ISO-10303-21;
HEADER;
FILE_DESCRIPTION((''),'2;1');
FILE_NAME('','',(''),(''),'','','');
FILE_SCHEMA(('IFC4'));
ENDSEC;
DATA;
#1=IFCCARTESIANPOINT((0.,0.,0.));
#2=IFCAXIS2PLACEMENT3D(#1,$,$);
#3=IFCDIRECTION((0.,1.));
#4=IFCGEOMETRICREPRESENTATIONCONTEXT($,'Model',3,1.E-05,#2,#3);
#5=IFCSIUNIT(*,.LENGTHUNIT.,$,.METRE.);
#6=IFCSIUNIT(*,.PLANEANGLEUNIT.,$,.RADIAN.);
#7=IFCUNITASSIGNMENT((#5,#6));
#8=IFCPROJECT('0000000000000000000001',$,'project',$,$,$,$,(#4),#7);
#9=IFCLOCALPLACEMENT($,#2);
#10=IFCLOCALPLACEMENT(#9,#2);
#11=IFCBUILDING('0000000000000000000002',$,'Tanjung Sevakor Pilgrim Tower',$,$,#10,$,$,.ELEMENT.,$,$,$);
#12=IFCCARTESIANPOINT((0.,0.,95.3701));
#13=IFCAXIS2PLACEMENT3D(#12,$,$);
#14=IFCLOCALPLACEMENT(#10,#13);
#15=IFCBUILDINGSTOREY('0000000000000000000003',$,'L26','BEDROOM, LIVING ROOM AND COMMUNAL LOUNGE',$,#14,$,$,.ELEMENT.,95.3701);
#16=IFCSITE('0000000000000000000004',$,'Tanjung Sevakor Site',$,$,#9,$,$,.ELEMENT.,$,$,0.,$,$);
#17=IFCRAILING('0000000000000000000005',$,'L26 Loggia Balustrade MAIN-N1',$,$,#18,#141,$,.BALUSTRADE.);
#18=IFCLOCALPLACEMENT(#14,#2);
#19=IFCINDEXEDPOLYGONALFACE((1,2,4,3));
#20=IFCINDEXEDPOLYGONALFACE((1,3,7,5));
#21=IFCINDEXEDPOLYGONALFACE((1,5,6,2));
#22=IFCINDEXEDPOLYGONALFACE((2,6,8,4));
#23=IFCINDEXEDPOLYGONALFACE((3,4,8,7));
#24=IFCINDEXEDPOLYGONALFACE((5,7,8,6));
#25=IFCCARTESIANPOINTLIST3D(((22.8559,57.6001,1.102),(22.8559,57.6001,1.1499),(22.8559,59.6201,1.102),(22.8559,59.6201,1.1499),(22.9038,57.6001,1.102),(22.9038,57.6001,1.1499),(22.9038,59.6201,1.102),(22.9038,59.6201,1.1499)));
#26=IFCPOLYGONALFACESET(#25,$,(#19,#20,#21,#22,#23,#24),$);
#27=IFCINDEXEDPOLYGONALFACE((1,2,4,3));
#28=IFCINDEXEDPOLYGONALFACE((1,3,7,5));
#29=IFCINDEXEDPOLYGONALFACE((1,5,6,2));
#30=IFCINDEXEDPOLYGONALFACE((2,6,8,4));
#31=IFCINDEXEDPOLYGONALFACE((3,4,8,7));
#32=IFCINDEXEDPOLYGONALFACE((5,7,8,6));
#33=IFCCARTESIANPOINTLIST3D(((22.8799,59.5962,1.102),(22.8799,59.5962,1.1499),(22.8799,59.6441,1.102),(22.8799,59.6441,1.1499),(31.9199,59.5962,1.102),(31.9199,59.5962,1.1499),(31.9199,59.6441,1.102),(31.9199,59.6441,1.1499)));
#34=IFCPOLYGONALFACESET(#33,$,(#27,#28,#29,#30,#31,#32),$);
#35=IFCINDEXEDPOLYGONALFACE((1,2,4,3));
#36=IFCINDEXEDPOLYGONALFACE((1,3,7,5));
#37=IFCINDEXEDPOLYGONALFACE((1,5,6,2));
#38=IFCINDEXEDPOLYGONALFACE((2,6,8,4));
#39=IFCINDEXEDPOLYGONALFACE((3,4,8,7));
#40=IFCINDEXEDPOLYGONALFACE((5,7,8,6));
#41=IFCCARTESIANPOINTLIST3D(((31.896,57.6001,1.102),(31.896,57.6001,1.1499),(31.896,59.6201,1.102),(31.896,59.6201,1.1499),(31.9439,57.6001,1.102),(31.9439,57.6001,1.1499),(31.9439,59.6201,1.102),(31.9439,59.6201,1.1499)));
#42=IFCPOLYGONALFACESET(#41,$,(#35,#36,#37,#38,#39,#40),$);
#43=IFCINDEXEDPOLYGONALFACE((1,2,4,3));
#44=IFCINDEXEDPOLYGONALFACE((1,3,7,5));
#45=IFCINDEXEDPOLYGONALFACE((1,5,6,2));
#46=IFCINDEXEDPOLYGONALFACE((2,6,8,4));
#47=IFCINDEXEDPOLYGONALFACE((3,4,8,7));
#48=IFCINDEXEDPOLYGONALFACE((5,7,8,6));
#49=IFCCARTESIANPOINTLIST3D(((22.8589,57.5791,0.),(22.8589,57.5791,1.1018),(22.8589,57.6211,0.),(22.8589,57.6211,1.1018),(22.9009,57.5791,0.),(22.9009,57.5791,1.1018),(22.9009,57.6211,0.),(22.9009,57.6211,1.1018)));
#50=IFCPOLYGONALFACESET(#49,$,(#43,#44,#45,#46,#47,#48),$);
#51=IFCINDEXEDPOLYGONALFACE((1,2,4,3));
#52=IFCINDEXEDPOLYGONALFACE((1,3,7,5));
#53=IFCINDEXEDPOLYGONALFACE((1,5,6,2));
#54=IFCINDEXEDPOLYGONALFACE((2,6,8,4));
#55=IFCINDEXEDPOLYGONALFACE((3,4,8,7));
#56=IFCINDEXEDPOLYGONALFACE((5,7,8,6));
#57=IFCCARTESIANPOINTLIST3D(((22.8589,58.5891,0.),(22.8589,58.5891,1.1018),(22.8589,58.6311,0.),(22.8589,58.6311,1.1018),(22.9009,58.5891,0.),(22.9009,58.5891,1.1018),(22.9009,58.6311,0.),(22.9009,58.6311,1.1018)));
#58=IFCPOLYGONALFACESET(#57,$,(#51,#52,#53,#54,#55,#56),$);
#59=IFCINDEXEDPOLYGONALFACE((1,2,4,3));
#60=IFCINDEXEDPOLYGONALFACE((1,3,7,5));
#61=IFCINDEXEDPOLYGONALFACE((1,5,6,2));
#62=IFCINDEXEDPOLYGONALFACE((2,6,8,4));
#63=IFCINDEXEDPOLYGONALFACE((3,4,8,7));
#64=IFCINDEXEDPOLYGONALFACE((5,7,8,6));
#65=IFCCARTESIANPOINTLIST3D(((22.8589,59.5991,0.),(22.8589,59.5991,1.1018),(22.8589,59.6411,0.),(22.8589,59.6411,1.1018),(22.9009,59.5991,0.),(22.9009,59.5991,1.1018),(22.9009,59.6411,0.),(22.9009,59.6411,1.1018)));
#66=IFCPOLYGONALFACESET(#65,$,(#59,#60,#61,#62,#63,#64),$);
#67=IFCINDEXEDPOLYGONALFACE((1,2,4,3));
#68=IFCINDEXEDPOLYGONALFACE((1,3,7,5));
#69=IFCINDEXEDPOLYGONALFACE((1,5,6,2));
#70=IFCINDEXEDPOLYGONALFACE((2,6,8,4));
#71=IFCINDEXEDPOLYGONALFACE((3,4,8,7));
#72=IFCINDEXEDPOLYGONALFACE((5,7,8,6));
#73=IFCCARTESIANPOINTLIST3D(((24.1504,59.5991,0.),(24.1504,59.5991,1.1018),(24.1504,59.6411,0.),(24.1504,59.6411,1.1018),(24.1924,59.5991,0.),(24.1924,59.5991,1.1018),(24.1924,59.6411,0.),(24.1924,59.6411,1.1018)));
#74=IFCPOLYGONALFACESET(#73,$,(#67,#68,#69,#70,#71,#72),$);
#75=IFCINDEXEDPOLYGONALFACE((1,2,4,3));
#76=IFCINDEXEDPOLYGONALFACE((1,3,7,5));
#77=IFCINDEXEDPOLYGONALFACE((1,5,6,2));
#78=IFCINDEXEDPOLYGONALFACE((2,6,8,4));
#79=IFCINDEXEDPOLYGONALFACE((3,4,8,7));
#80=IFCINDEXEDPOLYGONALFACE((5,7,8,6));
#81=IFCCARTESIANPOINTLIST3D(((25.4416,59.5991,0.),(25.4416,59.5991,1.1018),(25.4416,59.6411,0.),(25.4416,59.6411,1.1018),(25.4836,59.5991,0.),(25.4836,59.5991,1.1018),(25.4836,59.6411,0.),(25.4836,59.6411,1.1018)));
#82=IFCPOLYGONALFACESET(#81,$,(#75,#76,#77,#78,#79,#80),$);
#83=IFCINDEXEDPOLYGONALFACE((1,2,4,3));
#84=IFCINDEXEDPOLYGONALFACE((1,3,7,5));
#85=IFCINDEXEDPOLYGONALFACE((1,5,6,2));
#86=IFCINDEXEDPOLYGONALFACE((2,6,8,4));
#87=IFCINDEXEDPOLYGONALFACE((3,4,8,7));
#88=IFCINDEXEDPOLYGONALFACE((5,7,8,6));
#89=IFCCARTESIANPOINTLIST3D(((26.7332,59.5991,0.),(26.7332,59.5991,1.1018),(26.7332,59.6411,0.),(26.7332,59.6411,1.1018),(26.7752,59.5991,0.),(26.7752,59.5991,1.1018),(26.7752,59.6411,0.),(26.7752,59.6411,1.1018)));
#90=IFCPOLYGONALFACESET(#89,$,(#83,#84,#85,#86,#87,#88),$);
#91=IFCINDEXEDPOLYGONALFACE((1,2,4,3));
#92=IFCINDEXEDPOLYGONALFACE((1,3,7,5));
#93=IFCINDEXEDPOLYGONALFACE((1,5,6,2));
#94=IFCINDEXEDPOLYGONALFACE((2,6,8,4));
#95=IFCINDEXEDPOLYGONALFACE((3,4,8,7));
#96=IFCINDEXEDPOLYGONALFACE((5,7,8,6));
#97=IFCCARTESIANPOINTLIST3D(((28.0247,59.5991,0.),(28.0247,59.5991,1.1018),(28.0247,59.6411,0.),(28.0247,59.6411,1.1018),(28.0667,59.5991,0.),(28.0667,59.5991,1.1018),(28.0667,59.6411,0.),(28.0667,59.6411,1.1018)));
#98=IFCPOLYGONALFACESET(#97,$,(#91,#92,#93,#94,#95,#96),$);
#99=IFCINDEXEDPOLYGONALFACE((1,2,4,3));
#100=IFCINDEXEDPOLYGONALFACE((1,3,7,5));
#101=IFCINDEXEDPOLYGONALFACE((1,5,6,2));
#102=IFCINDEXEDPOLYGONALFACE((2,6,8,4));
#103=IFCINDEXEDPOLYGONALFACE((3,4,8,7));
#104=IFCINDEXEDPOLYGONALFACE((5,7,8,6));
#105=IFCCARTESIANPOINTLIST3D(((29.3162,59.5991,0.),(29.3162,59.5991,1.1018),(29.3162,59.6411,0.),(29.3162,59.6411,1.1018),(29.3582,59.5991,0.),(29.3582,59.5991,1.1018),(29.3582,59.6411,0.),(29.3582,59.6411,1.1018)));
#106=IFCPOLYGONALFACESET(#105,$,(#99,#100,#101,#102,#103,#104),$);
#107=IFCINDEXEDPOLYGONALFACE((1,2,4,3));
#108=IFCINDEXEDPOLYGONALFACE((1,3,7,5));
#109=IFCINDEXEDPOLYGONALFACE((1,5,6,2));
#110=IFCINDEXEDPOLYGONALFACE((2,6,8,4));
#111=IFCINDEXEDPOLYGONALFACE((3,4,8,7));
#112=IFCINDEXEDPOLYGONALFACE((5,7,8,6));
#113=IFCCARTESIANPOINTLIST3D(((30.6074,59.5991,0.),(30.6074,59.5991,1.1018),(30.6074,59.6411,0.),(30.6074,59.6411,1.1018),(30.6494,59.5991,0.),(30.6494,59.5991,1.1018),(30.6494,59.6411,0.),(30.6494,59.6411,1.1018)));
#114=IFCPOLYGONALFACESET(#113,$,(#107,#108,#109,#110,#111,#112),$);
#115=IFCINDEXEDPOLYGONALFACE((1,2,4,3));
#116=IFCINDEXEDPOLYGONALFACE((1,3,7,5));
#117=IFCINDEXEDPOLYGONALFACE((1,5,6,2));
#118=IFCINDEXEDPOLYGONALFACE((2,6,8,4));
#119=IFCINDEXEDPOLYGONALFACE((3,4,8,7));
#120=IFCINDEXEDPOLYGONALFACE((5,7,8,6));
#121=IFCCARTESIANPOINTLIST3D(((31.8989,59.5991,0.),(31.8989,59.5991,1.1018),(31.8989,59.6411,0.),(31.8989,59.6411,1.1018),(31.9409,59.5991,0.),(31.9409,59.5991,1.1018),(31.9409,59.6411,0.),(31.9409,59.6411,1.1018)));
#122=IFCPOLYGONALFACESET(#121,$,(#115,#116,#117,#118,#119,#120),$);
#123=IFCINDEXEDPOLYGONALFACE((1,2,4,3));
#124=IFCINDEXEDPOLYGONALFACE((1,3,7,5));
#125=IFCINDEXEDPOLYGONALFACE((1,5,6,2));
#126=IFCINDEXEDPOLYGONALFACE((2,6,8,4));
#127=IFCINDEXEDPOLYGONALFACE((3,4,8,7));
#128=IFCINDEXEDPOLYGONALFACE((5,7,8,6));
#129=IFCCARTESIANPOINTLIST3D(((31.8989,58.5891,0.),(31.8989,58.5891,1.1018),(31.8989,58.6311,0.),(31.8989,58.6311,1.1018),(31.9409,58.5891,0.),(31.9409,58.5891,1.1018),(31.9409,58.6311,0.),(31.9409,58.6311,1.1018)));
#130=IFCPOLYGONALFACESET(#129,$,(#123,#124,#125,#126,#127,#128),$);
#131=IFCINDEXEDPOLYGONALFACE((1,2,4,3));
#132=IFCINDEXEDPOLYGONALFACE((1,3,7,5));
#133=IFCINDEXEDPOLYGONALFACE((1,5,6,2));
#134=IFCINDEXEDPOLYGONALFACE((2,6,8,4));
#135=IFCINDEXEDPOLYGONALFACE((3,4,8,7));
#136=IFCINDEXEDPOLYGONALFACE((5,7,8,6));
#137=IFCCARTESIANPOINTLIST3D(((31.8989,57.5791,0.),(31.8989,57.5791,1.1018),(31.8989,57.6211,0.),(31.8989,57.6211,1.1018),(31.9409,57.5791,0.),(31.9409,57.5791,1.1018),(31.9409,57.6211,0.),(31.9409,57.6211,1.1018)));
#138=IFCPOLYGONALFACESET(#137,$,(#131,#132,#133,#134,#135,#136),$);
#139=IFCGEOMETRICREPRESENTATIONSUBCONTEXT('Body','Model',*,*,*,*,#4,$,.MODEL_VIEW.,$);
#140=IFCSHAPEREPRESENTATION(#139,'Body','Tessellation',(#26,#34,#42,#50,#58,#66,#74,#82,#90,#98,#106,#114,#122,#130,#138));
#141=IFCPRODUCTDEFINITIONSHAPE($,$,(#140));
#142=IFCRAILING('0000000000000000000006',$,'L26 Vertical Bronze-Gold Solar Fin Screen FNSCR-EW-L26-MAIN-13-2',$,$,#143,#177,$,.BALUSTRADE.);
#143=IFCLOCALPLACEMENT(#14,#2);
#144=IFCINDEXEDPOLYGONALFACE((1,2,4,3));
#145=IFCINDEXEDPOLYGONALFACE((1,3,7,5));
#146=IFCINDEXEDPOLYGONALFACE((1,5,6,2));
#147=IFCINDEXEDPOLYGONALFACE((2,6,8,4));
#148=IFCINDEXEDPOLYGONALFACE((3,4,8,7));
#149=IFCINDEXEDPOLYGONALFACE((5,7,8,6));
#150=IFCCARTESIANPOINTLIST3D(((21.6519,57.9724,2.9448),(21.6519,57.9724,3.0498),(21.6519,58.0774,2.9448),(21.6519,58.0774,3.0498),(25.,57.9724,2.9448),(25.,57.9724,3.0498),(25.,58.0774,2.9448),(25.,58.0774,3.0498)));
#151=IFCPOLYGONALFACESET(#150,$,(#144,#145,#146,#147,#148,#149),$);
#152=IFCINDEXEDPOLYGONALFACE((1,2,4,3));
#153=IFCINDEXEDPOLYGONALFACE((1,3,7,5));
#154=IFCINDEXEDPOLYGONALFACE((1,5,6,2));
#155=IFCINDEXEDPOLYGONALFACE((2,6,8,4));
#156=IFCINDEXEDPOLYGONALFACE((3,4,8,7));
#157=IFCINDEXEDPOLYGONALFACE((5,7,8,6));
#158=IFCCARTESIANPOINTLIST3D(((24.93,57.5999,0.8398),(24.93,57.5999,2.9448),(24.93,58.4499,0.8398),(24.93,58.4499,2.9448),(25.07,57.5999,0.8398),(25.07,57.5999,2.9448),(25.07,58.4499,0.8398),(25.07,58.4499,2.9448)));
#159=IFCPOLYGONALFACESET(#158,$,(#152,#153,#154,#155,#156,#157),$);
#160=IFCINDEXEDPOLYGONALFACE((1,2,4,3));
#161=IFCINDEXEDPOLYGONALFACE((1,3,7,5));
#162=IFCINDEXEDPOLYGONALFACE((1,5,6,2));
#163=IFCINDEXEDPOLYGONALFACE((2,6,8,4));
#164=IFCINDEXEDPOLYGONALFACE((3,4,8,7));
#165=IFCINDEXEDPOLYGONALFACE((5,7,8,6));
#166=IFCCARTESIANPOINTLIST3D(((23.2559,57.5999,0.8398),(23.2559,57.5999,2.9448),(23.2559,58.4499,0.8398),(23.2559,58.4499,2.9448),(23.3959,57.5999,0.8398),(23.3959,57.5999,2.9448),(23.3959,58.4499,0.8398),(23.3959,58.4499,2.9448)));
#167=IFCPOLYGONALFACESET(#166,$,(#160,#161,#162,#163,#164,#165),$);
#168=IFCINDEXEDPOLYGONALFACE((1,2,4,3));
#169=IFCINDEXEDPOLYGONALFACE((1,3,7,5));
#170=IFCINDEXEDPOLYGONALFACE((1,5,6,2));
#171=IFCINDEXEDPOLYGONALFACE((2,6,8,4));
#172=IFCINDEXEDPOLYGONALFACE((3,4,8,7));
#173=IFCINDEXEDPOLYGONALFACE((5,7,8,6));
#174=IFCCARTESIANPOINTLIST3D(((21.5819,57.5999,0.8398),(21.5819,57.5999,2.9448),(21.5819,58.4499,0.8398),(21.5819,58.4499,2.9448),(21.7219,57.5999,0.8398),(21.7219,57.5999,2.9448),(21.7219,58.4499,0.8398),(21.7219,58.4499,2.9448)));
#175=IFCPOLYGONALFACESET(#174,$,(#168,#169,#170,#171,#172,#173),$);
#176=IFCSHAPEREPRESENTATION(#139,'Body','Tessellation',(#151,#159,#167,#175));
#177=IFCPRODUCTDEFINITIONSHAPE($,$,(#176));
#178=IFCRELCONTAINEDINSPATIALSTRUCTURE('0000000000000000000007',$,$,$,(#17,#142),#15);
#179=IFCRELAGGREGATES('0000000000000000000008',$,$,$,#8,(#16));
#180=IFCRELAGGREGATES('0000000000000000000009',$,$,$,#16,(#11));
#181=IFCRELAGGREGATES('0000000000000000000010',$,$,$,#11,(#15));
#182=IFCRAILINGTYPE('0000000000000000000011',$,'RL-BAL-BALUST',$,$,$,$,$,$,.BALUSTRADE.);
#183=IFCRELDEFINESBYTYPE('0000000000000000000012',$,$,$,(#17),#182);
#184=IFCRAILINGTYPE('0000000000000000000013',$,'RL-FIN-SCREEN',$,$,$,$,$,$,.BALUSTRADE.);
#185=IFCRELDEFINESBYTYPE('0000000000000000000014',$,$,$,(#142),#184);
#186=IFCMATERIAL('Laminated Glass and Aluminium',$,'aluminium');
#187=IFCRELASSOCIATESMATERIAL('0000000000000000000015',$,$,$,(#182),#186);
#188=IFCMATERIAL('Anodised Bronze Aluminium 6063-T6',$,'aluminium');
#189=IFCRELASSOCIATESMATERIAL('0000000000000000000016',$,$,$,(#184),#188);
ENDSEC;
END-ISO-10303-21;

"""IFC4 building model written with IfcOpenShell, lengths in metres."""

from ifc_helpers import new_model, si_unit, direction, frame, origin, place, context, subcontext, project, spatial, rectangle, extrude, material, type_object, element, save


model = new_model("IFC4")

# Units and contexts
model_context = context("Model", 3, precision=1e-05, world=origin(), true_north=direction((0.0, 1.0)))
body_context = subcontext(model_context, "Body", "Model", "MODEL_VIEW")
ifc_project = project(units=[si_unit("LENGTHUNIT", "METRE"), si_unit("PLANEANGLEUNIT", "RADIAN")], contexts=[model_context])

# Site, building, storey
site_placement = place(None, origin())
site = spatial("IfcSite", under=ifc_project, at=site_placement, Name="Tanjung Sevakor Site", CompositionType="ELEMENT", RefElevation=0.0)
building_placement = place(site_placement, origin())
building = spatial("IfcBuilding", under=site, at=building_placement, Name="Tanjung Sevakor Pilgrim Tower", CompositionType="ELEMENT")
storey_placement = place(building_placement, frame((0.0, 0.0, 95.3701)))
storey = spatial("IfcBuildingStorey", under=building, at=storey_placement, Name="L26", Description="BEDROOM, LIVING ROOM AND COMMUNAL LOUNGE", CompositionType="ELEMENT", Elevation=95.3701)

# Railings
ifc_material_1 = material(Name="Laminated Glass and Aluminium", Category="aluminium")
railing_type_1 = type_object("IfcRailingType", Name="RL-BAL-BALUST", PredefinedType="BALUSTRADE", material=ifc_material_1)
railing_1_placement = place(storey_placement, frame((22.8799, 57.6001, 0.0)))
element("IfcRailing", 1, at=railing_1_placement, inside=storey, type_object=railing_type_1, Name="L26 Loggia Balustrade MAIN-N1", PredefinedType="BALUSTRADE", context=body_context, shape_type="SweptSolid", body=[
    extrude(rectangle(XDim=0.0479, YDim=0.0479), frame((0.0, 0.0, 1.126), z_axis=(0.0, 1.0, 0.0), x_axis=(-1.0, 0.0, 0.0)), (0.0, 0.0, 1.0), 2.02),
    extrude(rectangle(XDim=0.0479, YDim=0.0479), frame((0.0, 2.02, 1.126), z_axis=(1.0, 0.0, 0.0), x_axis=(0.0, 1.0, 0.0)), (0.0, 0.0, 1.0), 9.04),
    extrude(rectangle(XDim=0.0479, YDim=0.0479), frame((9.04, 2.02, 1.126), z_axis=(0.0, -1.0, 0.0), x_axis=(1.0, 0.0, 0.0)), (0.0, 0.0, 1.0), 2.02),
    extrude(rectangle(XDim=0.042, YDim=0.042), origin(), (0.0, 0.0, 1.0), 1.1018),
    extrude(rectangle(XDim=0.042, YDim=0.042), frame((0.0, 1.01, 0.0)), (0.0, 0.0, 1.0), 1.1018),
    extrude(rectangle(XDim=0.042, YDim=0.042), frame((0.0, 2.02, 0.0)), (0.0, 0.0, 1.0), 1.1018),
    extrude(rectangle(XDim=0.042, YDim=0.042), frame((1.2915, 2.02, 0.0)), (0.0, 0.0, 1.0), 1.1018),
    extrude(rectangle(XDim=0.042, YDim=0.042), frame((2.5828, 2.02, 0.0)), (0.0, 0.0, 1.0), 1.1018),
    extrude(rectangle(XDim=0.042, YDim=0.042), frame((3.8743, 2.02, 0.0)), (0.0, 0.0, 1.0), 1.1018),
    extrude(rectangle(XDim=0.042, YDim=0.042), frame((5.1658, 2.02, 0.0)), (0.0, 0.0, 1.0), 1.1018),
    extrude(rectangle(XDim=0.042, YDim=0.042), frame((6.4573, 2.02, 0.0)), (0.0, 0.0, 1.0), 1.1018),
    extrude(rectangle(XDim=0.042, YDim=0.042), frame((7.7485, 2.02, 0.0)), (0.0, 0.0, 1.0), 1.1018),
    extrude(rectangle(XDim=0.042, YDim=0.042), frame((9.04, 2.02, 0.0)), (0.0, 0.0, 1.0), 1.1018),
    extrude(rectangle(XDim=0.042, YDim=0.042), frame((9.04, 1.01, 0.0)), (0.0, 0.0, 1.0), 1.1018),
    extrude(rectangle(XDim=0.042, YDim=0.042), frame((9.04, 0.0, 0.0)), (0.0, 0.0, 1.0), 1.1018),
])
ifc_material_2 = material(Name="Anodised Bronze Aluminium 6063-T6", Category="aluminium")
railing_type_2 = type_object("IfcRailingType", Name="RL-FIN-SCREEN", PredefinedType="BALUSTRADE", material=ifc_material_2)
railing_2_placement = place(storey_placement, frame((25.0, 58.0249, 0.8398)))
element("IfcRailing", 2, at=railing_2_placement, inside=storey, type_object=railing_type_2, Name="L26 Vertical Bronze-Gold Solar Fin Screen FNSCR-EW-L26-MAIN-13-2", PredefinedType="BALUSTRADE", context=body_context, shape_type="SweptSolid", body=[
    extrude(rectangle(XDim=0.105, YDim=0.105), frame((0.0, 0.0, 2.1575), z_axis=(-1.0, 0.0, 0.0), x_axis=(0.0, -1.0, 0.0)), (0.0, 0.0, 1.0), 3.3481),
    extrude(rectangle(XDim=0.14, YDim=0.85), origin(), (0.0, 0.0, 1.0), 2.105),
    extrude(rectangle(XDim=0.14, YDim=0.85), frame((-1.6741, 0.0, 0.0)), (0.0, 0.0, 1.0), 2.105),
    extrude(rectangle(XDim=0.14, YDim=0.85), frame((-3.3481, 0.0, 0.0)), (0.0, 0.0, 1.0), 2.105),
])

save(model, "model.ifc")
